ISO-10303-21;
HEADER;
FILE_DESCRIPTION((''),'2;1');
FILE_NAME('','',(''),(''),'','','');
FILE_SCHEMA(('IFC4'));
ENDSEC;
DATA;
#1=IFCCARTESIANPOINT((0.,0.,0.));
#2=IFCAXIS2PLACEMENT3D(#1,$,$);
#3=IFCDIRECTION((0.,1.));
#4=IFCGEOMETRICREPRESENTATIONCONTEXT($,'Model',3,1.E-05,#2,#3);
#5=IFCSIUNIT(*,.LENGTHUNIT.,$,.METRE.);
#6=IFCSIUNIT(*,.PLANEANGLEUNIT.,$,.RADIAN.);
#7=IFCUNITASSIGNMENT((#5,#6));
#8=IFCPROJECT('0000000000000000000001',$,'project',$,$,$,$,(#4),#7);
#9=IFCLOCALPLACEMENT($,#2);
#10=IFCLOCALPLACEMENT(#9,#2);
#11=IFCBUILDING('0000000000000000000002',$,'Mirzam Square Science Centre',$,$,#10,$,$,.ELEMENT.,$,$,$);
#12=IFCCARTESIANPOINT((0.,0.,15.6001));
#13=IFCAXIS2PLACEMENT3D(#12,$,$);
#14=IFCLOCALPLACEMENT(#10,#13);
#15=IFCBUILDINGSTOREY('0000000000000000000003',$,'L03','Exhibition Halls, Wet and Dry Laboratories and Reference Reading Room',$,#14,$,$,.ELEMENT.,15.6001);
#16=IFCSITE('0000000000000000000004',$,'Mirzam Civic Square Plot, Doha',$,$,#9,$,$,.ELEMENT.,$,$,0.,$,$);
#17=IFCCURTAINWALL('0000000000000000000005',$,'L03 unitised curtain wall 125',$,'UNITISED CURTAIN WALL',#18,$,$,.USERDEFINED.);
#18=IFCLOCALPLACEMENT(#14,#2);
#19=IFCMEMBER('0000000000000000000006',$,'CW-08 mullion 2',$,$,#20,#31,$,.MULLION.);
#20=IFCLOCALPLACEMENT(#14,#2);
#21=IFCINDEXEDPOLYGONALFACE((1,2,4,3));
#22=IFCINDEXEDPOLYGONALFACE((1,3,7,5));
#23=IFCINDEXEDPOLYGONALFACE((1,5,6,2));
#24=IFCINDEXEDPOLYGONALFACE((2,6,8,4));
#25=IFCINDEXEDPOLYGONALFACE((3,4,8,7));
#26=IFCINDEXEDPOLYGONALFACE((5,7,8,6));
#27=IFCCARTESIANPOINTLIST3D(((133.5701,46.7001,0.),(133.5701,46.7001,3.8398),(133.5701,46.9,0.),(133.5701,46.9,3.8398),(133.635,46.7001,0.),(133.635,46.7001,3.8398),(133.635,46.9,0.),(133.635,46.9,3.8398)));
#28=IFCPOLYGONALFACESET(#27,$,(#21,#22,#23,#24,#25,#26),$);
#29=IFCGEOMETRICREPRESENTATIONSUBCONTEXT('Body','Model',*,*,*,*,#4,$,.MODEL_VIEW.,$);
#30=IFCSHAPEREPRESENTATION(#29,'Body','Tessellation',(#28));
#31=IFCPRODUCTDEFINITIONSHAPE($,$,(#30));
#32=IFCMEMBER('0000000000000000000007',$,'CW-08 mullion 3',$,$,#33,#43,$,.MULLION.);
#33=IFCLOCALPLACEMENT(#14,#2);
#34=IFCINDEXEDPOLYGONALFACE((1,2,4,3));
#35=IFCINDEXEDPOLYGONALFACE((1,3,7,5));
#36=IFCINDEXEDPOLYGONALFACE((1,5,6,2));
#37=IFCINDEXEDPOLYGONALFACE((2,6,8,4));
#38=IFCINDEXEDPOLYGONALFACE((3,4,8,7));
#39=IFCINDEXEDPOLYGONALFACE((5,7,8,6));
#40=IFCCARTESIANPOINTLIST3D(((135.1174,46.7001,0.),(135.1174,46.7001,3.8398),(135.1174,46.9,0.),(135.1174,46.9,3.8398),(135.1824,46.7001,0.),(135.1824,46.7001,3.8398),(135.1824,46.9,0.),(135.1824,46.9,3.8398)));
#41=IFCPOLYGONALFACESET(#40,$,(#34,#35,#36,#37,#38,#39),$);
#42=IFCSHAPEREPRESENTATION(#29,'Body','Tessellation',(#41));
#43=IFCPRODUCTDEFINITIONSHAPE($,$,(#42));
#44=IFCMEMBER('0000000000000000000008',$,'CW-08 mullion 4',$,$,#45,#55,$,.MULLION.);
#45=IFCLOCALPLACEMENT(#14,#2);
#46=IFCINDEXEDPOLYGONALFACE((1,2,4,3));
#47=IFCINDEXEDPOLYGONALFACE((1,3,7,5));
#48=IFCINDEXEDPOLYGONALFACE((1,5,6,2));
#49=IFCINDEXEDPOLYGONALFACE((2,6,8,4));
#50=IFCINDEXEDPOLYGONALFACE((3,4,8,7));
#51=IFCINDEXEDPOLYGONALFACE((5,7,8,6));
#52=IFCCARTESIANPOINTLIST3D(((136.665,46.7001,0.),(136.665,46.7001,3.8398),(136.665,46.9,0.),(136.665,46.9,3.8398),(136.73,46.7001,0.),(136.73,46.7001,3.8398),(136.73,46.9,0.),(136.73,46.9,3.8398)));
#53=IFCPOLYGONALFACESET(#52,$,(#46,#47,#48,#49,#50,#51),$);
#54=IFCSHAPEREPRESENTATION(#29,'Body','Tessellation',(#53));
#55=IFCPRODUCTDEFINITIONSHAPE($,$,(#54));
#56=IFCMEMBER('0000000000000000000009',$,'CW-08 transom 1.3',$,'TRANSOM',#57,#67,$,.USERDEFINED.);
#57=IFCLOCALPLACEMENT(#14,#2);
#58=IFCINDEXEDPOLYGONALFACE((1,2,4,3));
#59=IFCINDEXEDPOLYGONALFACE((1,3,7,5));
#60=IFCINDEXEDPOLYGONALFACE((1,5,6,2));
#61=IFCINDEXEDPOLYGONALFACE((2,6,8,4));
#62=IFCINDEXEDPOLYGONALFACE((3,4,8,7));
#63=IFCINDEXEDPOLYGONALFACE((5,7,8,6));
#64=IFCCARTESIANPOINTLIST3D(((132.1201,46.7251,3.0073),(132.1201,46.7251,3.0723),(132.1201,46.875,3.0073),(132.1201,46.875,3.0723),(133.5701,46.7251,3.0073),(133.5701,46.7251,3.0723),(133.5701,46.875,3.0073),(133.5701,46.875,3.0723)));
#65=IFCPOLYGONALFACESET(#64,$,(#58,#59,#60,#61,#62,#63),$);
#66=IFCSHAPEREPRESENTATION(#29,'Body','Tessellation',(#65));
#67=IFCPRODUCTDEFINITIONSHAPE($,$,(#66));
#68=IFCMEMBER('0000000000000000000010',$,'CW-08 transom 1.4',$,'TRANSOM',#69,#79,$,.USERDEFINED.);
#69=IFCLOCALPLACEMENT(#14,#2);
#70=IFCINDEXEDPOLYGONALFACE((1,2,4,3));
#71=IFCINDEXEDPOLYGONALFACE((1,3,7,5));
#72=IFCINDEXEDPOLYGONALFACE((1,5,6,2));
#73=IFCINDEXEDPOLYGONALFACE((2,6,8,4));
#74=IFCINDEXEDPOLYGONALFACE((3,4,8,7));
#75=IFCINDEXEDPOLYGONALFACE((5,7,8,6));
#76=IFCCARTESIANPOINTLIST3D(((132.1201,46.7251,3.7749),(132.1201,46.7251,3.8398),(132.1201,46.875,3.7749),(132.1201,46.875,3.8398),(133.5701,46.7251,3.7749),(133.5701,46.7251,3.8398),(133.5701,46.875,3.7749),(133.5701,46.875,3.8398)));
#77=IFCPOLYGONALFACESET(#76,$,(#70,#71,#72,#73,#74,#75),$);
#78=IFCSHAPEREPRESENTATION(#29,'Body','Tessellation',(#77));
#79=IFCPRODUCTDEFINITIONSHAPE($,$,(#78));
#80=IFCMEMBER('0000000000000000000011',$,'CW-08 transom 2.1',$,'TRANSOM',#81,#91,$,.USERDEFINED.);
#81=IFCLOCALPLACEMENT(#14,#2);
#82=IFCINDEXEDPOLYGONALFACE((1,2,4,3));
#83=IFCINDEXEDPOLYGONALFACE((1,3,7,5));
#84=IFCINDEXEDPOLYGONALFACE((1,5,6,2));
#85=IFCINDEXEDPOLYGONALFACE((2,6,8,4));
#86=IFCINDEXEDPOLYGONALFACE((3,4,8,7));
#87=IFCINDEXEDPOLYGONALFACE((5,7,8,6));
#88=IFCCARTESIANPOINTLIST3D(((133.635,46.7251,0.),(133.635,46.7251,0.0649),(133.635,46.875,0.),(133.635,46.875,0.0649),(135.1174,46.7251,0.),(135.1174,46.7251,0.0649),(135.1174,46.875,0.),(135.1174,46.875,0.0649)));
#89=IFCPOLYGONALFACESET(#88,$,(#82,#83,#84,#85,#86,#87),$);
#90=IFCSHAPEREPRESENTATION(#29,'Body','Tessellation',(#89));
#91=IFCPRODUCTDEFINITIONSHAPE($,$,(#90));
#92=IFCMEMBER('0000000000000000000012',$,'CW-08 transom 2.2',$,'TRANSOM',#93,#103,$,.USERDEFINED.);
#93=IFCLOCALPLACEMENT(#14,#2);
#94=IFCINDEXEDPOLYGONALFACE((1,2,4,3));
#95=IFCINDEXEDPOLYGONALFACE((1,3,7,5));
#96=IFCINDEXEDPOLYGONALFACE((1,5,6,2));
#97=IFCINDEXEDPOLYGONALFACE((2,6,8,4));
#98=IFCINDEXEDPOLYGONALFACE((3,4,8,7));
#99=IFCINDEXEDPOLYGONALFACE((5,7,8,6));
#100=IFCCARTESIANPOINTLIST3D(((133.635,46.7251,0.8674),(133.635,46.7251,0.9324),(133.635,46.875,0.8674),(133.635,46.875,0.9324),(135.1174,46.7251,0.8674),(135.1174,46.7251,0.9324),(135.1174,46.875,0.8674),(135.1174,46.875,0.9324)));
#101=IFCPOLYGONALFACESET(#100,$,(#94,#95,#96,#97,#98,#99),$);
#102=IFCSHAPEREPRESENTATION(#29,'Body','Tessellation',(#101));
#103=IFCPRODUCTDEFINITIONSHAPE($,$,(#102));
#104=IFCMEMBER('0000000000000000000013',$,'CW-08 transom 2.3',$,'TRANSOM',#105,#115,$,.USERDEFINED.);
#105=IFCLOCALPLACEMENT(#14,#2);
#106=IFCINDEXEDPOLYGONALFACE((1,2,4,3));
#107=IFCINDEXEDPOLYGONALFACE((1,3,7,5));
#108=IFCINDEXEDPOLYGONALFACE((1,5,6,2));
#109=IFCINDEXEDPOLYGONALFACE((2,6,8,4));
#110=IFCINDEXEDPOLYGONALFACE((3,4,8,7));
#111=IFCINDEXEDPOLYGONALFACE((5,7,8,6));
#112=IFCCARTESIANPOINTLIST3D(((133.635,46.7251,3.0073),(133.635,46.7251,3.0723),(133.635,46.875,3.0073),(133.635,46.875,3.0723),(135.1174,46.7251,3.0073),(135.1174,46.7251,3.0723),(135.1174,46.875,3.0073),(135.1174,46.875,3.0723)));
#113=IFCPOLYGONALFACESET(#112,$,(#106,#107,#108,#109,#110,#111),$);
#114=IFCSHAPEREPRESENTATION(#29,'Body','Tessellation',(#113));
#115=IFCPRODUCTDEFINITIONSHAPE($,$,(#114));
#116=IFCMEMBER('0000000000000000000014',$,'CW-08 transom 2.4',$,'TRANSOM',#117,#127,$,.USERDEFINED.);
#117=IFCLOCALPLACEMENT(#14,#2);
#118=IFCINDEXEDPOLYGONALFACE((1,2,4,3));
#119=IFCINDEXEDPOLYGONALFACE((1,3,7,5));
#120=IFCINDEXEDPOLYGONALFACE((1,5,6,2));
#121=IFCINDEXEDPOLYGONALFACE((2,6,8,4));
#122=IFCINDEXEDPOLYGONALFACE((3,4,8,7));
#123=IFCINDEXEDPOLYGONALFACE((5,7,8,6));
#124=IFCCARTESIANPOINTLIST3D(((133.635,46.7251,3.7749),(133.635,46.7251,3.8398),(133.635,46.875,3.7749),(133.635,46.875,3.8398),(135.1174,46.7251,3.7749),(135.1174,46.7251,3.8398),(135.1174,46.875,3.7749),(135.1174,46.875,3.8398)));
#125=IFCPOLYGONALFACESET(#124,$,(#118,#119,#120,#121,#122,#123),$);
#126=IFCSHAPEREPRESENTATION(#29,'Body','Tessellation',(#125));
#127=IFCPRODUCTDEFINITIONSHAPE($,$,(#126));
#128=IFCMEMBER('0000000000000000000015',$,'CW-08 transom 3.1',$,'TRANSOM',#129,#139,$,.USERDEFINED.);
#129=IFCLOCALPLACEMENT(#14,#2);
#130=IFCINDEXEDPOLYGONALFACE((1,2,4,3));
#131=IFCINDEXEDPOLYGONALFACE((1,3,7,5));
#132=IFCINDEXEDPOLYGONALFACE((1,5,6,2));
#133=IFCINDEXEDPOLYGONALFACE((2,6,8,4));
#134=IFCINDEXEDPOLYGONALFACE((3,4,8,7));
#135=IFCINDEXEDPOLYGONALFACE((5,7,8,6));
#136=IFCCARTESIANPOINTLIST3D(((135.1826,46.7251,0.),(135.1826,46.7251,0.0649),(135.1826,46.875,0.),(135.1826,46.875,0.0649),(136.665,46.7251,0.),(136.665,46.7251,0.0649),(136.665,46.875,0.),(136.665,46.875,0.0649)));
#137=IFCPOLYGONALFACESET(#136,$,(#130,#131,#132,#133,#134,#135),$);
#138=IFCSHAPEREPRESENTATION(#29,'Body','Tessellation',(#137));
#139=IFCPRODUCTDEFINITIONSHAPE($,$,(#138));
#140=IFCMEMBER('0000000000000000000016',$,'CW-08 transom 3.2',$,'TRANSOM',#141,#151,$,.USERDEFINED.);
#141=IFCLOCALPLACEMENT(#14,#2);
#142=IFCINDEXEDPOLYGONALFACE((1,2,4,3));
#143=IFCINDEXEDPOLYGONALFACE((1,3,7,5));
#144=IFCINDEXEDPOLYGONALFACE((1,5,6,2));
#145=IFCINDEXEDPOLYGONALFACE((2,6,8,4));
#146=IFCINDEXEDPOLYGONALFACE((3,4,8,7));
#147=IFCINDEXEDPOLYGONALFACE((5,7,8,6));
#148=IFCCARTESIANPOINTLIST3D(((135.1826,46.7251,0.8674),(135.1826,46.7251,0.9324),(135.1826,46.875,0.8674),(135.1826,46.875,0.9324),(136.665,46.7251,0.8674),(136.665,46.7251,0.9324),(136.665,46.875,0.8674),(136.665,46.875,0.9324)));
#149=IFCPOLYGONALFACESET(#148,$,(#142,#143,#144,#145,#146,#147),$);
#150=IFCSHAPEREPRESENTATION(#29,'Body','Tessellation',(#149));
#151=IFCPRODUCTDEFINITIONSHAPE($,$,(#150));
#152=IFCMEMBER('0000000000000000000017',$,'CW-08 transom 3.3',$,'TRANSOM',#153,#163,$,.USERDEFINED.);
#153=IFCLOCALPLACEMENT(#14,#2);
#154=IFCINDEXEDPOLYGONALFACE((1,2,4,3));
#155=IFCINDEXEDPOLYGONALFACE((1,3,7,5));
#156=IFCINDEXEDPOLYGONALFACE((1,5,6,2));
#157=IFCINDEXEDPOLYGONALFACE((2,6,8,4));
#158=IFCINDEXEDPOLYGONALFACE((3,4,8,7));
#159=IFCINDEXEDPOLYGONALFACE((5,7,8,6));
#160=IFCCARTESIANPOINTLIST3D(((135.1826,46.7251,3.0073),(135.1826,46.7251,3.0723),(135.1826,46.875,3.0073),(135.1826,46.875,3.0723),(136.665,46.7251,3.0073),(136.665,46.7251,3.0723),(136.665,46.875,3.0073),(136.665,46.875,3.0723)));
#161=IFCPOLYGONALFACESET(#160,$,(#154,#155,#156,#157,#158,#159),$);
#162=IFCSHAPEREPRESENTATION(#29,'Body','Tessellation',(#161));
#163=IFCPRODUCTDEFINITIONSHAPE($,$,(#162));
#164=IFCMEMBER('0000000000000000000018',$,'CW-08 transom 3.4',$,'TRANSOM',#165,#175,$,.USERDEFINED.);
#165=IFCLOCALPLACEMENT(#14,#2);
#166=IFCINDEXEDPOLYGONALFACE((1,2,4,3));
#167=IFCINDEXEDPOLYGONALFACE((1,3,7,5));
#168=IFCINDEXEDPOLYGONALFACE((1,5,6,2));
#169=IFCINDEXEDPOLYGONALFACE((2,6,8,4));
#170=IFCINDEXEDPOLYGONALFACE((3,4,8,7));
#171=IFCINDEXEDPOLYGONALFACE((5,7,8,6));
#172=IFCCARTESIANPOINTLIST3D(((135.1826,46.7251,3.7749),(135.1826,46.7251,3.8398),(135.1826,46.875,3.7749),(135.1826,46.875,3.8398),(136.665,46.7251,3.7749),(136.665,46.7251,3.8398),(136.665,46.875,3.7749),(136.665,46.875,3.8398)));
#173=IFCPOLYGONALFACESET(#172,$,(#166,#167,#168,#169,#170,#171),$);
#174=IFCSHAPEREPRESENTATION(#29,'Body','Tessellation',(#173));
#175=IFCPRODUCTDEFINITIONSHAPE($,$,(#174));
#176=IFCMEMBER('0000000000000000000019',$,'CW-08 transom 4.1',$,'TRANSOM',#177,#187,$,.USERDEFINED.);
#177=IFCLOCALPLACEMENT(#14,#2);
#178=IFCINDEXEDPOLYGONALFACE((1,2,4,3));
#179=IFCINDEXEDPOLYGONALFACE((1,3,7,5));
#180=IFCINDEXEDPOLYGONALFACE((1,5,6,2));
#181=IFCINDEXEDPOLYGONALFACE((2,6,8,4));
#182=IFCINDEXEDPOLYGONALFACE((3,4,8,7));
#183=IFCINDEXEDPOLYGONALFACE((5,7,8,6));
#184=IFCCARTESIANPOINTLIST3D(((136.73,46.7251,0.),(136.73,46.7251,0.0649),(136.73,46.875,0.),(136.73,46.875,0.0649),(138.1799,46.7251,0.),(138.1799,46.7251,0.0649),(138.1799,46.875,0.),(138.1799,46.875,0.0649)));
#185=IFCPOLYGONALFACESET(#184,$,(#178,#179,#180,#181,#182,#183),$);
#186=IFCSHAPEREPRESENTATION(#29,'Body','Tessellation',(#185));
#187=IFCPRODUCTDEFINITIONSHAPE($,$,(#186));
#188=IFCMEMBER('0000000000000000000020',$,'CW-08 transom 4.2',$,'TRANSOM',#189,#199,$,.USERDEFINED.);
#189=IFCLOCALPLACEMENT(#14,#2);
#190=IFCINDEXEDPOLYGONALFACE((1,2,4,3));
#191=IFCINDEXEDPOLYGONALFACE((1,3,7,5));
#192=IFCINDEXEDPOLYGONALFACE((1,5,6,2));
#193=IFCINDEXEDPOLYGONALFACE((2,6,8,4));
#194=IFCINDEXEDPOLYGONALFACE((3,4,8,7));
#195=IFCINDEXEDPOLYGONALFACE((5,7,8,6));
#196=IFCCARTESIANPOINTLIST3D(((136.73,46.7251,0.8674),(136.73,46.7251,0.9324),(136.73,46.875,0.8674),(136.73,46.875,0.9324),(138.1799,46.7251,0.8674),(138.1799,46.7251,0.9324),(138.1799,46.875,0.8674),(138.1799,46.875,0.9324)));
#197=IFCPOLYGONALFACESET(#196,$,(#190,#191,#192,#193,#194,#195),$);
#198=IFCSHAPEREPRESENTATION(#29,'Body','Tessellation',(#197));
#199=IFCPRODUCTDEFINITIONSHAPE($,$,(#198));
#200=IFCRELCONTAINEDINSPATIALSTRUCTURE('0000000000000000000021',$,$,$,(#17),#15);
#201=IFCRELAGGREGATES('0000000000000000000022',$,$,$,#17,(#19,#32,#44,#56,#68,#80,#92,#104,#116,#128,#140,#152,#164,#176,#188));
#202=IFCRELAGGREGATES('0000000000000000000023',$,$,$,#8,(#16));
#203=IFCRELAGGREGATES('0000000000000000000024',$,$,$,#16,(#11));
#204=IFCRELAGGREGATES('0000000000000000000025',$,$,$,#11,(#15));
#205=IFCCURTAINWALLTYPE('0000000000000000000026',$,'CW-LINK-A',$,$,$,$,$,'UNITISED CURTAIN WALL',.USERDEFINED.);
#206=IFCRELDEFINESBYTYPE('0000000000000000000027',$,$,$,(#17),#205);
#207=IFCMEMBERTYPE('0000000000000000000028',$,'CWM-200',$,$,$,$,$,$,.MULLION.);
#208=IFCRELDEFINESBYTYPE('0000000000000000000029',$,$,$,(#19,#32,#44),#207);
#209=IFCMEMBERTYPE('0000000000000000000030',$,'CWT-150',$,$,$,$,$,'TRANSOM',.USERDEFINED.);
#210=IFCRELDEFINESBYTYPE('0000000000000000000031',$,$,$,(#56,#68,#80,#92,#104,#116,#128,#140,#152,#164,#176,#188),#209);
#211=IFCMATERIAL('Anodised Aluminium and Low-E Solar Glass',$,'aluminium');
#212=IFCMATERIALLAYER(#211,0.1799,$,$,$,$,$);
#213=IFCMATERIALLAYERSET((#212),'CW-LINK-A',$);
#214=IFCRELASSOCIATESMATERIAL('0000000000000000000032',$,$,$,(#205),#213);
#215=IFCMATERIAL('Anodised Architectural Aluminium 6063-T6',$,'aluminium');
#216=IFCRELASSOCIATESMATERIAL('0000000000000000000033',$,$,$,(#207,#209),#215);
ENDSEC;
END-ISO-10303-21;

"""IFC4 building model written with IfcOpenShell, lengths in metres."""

from ifc_helpers import new_model, si_unit, direction, frame, origin, origin_2d, place, context, subcontext, project, spatial, rectangle, extrude, material, layer, layer_set, material_profile, profile_set, type_object, element, aggregate, save


model = new_model("IFC4")

# Units and contexts
model_context = context("Model", 3, precision=1e-05, world=origin(), true_north=direction((0.0, 1.0)))
body_context = subcontext(model_context, "Body", "Model", "MODEL_VIEW")
ifc_project = project(units=[si_unit("LENGTHUNIT", "METRE"), si_unit("PLANEANGLEUNIT", "RADIAN")], contexts=[model_context])

# Site, building, storey
site_placement = place(None, origin())
site = spatial("IfcSite", under=ifc_project, at=site_placement, Name="Mirzam Civic Square Plot, Doha", CompositionType="ELEMENT", RefElevation=0.0)
building_placement = place(site_placement, origin())
building = spatial("IfcBuilding", under=site, at=building_placement, Name="Mirzam Square Science Centre", CompositionType="ELEMENT")
storey_placement = place(building_placement, frame((0.0, 0.0, 15.6001)))
storey = spatial("IfcBuildingStorey", under=building, at=storey_placement, Name="L03", Description="Exhibition Halls, Wet and Dry Laboratories and Reference Reading Room", CompositionType="ELEMENT", Elevation=15.6001)

# Curtain wall, members
ifc_material_1 = material(Name="Anodised Aluminium and Low-E Solar Glass", Category="aluminium")
ifc_layer_1 = layer(ifc_material_1, 0.1799)
ifc_layer_set_1 = layer_set([ifc_layer_1], Name="CW-LINK-A")
curtain_wall_type = type_object("IfcCurtainWallType", Name="CW-LINK-A", ElementType="UNITISED CURTAIN WALL", PredefinedType="USERDEFINED", material=ifc_layer_set_1)
curtain_wall_placement = place(storey_placement, origin())
curtain_wall = element("IfcCurtainWall", 1, at=curtain_wall_placement, inside=storey, type_object=curtain_wall_type, Name="L03 unitised curtain wall 125", ObjectType="UNITISED CURTAIN WALL", PredefinedType="USERDEFINED")
ifc_material_2 = material(Name="Anodised Architectural Aluminium 6063-T6", Category="aluminium")
ifc_material_profile_1 = material_profile(ifc_material_2, rectangle(XDim=0.0649, YDim=0.2, at=origin_2d()), Name="ALU-MULL-200x65x5")
ifc_profile_set_1 = profile_set([ifc_material_profile_1], Name="Anodised Architectural Aluminium 6063-T6")
member_type_1 = type_object("IfcMemberType", Name="CWM-200", PredefinedType="MULLION", material=ifc_profile_set_1)
member_1_placement = place(storey_placement, frame((133.6025, 46.8, 0.0), z_axis=(0.0, 0.0, 1.0), x_axis=(1.0, 0.0, 0.0)))
member_1 = element("IfcMember", 2, at=member_1_placement, type_object=member_type_1, Name="CW-08 mullion 2", PredefinedType="MULLION", context=body_context, shape_type="SweptSolid", body=[
    extrude(rectangle(XDim=0.0649, YDim=0.2, at=origin_2d()), origin(), (0.0, 0.0, 1.0), 3.8398),
])
member_2_placement = place(storey_placement, frame((135.1499, 46.8, 0.0), z_axis=(0.0, 0.0, 1.0), x_axis=(1.0, 0.0, 0.0)))
member_2 = element("IfcMember", 3, at=member_2_placement, type_object=member_type_1, Name="CW-08 mullion 3", PredefinedType="MULLION", context=body_context, shape_type="SweptSolid", body=[
    extrude(rectangle(XDim=0.0649, YDim=0.2, at=origin_2d()), origin(), (0.0, 0.0, 1.0), 3.8398),
])
member_3_placement = place(storey_placement, frame((136.6975, 46.8, 0.0), z_axis=(0.0, 0.0, 1.0), x_axis=(1.0, 0.0, 0.0)))
member_3 = element("IfcMember", 4, at=member_3_placement, type_object=member_type_1, Name="CW-08 mullion 4", PredefinedType="MULLION", context=body_context, shape_type="SweptSolid", body=[
    extrude(rectangle(XDim=0.0649, YDim=0.2, at=origin_2d()), origin(), (0.0, 0.0, 1.0), 3.8398),
])
ifc_material_profile_2 = material_profile(ifc_material_2, rectangle(XDim=0.1499, YDim=0.0649, at=origin_2d()), Name="ALU-TRAN-150x65x4")
ifc_profile_set_2 = profile_set([ifc_material_profile_2], Name="Anodised Architectural Aluminium 6063-T6")
member_type_2 = type_object("IfcMemberType", Name="CWT-150", ElementType="TRANSOM", PredefinedType="USERDEFINED", material=ifc_profile_set_2)
member_4_placement = place(storey_placement, frame((132.1201, 46.8, 3.0398), z_axis=(1.0, 0.0, 0.0), x_axis=(0.0, 1.0, 0.0)))
member_4 = element("IfcMember", 5, at=member_4_placement, type_object=member_type_2, Name="CW-08 transom 1.3", ObjectType="TRANSOM", PredefinedType="USERDEFINED", context=body_context, shape_type="SweptSolid", body=[
    extrude(rectangle(XDim=0.1499, YDim=0.0649, at=origin_2d()), origin(), (0.0, 0.0, 1.0), 1.45),
])
member_5_placement = place(storey_placement, frame((132.1201, 46.8, 3.8074), z_axis=(1.0, 0.0, 0.0), x_axis=(0.0, 1.0, 0.0)))
member_5 = element("IfcMember", 6, at=member_5_placement, type_object=member_type_2, Name="CW-08 transom 1.4", ObjectType="TRANSOM", PredefinedType="USERDEFINED", context=body_context, shape_type="SweptSolid", body=[
    extrude(rectangle(XDim=0.1499, YDim=0.0649, at=origin_2d()), origin(), (0.0, 0.0, 1.0), 1.45),
])
member_6_placement = place(storey_placement, frame((133.635, 46.8, 0.0325), z_axis=(1.0, 0.0, 0.0), x_axis=(0.0, 1.0, 0.0)))
member_6 = element("IfcMember", 7, at=member_6_placement, type_object=member_type_2, Name="CW-08 transom 2.1", ObjectType="TRANSOM", PredefinedType="USERDEFINED", context=body_context, shape_type="SweptSolid", body=[
    extrude(rectangle(XDim=0.1499, YDim=0.0649, at=origin_2d()), origin(), (0.0, 0.0, 1.0), 1.4824),
])
member_7_placement = place(storey_placement, frame((133.635, 46.8, 0.8999), z_axis=(1.0, 0.0, 0.0), x_axis=(0.0, 1.0, 0.0)))
member_7 = element("IfcMember", 8, at=member_7_placement, type_object=member_type_2, Name="CW-08 transom 2.2", ObjectType="TRANSOM", PredefinedType="USERDEFINED", context=body_context, shape_type="SweptSolid", body=[
    extrude(rectangle(XDim=0.1499, YDim=0.0649, at=origin_2d()), origin(), (0.0, 0.0, 1.0), 1.4824),
])
member_8_placement = place(storey_placement, frame((133.635, 46.8, 3.0398), z_axis=(1.0, 0.0, 0.0), x_axis=(0.0, 1.0, 0.0)))
member_8 = element("IfcMember", 9, at=member_8_placement, type_object=member_type_2, Name="CW-08 transom 2.3", ObjectType="TRANSOM", PredefinedType="USERDEFINED", context=body_context, shape_type="SweptSolid", body=[
    extrude(rectangle(XDim=0.1499, YDim=0.0649, at=origin_2d()), origin(), (0.0, 0.0, 1.0), 1.4824),
])
member_9_placement = place(storey_placement, frame((133.635, 46.8, 3.8074), z_axis=(1.0, 0.0, 0.0), x_axis=(0.0, 1.0, 0.0)))
member_9 = element("IfcMember", 10, at=member_9_placement, type_object=member_type_2, Name="CW-08 transom 2.4", ObjectType="TRANSOM", PredefinedType="USERDEFINED", context=body_context, shape_type="SweptSolid", body=[
    extrude(rectangle(XDim=0.1499, YDim=0.0649, at=origin_2d()), origin(), (0.0, 0.0, 1.0), 1.4824),
])
member_10_placement = place(storey_placement, frame((135.1826, 46.8, 0.0325), z_axis=(1.0, 0.0, 0.0), x_axis=(0.0, 1.0, 0.0)))
member_10 = element("IfcMember", 11, at=member_10_placement, type_object=member_type_2, Name="CW-08 transom 3.1", ObjectType="TRANSOM", PredefinedType="USERDEFINED", context=body_context, shape_type="SweptSolid", body=[
    extrude(rectangle(XDim=0.1499, YDim=0.0649, at=origin_2d()), origin(), (0.0, 0.0, 1.0), 1.4824),
])
member_11_placement = place(storey_placement, frame((135.1826, 46.8, 0.8999), z_axis=(1.0, 0.0, 0.0), x_axis=(0.0, 1.0, 0.0)))
member_11 = element("IfcMember", 12, at=member_11_placement, type_object=member_type_2, Name="CW-08 transom 3.2", ObjectType="TRANSOM", PredefinedType="USERDEFINED", context=body_context, shape_type="SweptSolid", body=[
    extrude(rectangle(XDim=0.1499, YDim=0.0649, at=origin_2d()), origin(), (0.0, 0.0, 1.0), 1.4824),
])
member_12_placement = place(storey_placement, frame((135.1826, 46.8, 3.0398), z_axis=(1.0, 0.0, 0.0), x_axis=(0.0, 1.0, 0.0)))
member_12 = element("IfcMember", 13, at=member_12_placement, type_object=member_type_2, Name="CW-08 transom 3.3", ObjectType="TRANSOM", PredefinedType="USERDEFINED", context=body_context, shape_type="SweptSolid", body=[
    extrude(rectangle(XDim=0.1499, YDim=0.0649, at=origin_2d()), origin(), (0.0, 0.0, 1.0), 1.4824),
])
member_13_placement = place(storey_placement, frame((135.1826, 46.8, 3.8074), z_axis=(1.0, 0.0, 0.0), x_axis=(0.0, 1.0, 0.0)))
member_13 = element("IfcMember", 14, at=member_13_placement, type_object=member_type_2, Name="CW-08 transom 3.4", ObjectType="TRANSOM", PredefinedType="USERDEFINED", context=body_context, shape_type="SweptSolid", body=[
    extrude(rectangle(XDim=0.1499, YDim=0.0649, at=origin_2d()), origin(), (0.0, 0.0, 1.0), 1.4824),
])
member_14_placement = place(storey_placement, frame((136.73, 46.8, 0.0325), z_axis=(1.0, 0.0, 0.0), x_axis=(0.0, 1.0, 0.0)))
member_14 = element("IfcMember", 15, at=member_14_placement, type_object=member_type_2, Name="CW-08 transom 4.1", ObjectType="TRANSOM", PredefinedType="USERDEFINED", context=body_context, shape_type="SweptSolid", body=[
    extrude(rectangle(XDim=0.1499, YDim=0.0649, at=origin_2d()), origin(), (0.0, 0.0, 1.0), 1.45),
])
member_15_placement = place(storey_placement, frame((136.73, 46.8, 0.8999), z_axis=(1.0, 0.0, 0.0), x_axis=(0.0, 1.0, 0.0)))
member_15 = element("IfcMember", 16, at=member_15_placement, type_object=member_type_2, Name="CW-08 transom 4.2", ObjectType="TRANSOM", PredefinedType="USERDEFINED", context=body_context, shape_type="SweptSolid", body=[
    extrude(rectangle(XDim=0.1499, YDim=0.0649, at=origin_2d()), origin(), (0.0, 0.0, 1.0), 1.45),
])
aggregate(curtain_wall, [member_1, member_2, member_3, member_4, member_5, member_6, member_7, member_8, member_9, member_10, member_11, member_12, member_13, member_14, member_15])

save(model, "model.ifc")
